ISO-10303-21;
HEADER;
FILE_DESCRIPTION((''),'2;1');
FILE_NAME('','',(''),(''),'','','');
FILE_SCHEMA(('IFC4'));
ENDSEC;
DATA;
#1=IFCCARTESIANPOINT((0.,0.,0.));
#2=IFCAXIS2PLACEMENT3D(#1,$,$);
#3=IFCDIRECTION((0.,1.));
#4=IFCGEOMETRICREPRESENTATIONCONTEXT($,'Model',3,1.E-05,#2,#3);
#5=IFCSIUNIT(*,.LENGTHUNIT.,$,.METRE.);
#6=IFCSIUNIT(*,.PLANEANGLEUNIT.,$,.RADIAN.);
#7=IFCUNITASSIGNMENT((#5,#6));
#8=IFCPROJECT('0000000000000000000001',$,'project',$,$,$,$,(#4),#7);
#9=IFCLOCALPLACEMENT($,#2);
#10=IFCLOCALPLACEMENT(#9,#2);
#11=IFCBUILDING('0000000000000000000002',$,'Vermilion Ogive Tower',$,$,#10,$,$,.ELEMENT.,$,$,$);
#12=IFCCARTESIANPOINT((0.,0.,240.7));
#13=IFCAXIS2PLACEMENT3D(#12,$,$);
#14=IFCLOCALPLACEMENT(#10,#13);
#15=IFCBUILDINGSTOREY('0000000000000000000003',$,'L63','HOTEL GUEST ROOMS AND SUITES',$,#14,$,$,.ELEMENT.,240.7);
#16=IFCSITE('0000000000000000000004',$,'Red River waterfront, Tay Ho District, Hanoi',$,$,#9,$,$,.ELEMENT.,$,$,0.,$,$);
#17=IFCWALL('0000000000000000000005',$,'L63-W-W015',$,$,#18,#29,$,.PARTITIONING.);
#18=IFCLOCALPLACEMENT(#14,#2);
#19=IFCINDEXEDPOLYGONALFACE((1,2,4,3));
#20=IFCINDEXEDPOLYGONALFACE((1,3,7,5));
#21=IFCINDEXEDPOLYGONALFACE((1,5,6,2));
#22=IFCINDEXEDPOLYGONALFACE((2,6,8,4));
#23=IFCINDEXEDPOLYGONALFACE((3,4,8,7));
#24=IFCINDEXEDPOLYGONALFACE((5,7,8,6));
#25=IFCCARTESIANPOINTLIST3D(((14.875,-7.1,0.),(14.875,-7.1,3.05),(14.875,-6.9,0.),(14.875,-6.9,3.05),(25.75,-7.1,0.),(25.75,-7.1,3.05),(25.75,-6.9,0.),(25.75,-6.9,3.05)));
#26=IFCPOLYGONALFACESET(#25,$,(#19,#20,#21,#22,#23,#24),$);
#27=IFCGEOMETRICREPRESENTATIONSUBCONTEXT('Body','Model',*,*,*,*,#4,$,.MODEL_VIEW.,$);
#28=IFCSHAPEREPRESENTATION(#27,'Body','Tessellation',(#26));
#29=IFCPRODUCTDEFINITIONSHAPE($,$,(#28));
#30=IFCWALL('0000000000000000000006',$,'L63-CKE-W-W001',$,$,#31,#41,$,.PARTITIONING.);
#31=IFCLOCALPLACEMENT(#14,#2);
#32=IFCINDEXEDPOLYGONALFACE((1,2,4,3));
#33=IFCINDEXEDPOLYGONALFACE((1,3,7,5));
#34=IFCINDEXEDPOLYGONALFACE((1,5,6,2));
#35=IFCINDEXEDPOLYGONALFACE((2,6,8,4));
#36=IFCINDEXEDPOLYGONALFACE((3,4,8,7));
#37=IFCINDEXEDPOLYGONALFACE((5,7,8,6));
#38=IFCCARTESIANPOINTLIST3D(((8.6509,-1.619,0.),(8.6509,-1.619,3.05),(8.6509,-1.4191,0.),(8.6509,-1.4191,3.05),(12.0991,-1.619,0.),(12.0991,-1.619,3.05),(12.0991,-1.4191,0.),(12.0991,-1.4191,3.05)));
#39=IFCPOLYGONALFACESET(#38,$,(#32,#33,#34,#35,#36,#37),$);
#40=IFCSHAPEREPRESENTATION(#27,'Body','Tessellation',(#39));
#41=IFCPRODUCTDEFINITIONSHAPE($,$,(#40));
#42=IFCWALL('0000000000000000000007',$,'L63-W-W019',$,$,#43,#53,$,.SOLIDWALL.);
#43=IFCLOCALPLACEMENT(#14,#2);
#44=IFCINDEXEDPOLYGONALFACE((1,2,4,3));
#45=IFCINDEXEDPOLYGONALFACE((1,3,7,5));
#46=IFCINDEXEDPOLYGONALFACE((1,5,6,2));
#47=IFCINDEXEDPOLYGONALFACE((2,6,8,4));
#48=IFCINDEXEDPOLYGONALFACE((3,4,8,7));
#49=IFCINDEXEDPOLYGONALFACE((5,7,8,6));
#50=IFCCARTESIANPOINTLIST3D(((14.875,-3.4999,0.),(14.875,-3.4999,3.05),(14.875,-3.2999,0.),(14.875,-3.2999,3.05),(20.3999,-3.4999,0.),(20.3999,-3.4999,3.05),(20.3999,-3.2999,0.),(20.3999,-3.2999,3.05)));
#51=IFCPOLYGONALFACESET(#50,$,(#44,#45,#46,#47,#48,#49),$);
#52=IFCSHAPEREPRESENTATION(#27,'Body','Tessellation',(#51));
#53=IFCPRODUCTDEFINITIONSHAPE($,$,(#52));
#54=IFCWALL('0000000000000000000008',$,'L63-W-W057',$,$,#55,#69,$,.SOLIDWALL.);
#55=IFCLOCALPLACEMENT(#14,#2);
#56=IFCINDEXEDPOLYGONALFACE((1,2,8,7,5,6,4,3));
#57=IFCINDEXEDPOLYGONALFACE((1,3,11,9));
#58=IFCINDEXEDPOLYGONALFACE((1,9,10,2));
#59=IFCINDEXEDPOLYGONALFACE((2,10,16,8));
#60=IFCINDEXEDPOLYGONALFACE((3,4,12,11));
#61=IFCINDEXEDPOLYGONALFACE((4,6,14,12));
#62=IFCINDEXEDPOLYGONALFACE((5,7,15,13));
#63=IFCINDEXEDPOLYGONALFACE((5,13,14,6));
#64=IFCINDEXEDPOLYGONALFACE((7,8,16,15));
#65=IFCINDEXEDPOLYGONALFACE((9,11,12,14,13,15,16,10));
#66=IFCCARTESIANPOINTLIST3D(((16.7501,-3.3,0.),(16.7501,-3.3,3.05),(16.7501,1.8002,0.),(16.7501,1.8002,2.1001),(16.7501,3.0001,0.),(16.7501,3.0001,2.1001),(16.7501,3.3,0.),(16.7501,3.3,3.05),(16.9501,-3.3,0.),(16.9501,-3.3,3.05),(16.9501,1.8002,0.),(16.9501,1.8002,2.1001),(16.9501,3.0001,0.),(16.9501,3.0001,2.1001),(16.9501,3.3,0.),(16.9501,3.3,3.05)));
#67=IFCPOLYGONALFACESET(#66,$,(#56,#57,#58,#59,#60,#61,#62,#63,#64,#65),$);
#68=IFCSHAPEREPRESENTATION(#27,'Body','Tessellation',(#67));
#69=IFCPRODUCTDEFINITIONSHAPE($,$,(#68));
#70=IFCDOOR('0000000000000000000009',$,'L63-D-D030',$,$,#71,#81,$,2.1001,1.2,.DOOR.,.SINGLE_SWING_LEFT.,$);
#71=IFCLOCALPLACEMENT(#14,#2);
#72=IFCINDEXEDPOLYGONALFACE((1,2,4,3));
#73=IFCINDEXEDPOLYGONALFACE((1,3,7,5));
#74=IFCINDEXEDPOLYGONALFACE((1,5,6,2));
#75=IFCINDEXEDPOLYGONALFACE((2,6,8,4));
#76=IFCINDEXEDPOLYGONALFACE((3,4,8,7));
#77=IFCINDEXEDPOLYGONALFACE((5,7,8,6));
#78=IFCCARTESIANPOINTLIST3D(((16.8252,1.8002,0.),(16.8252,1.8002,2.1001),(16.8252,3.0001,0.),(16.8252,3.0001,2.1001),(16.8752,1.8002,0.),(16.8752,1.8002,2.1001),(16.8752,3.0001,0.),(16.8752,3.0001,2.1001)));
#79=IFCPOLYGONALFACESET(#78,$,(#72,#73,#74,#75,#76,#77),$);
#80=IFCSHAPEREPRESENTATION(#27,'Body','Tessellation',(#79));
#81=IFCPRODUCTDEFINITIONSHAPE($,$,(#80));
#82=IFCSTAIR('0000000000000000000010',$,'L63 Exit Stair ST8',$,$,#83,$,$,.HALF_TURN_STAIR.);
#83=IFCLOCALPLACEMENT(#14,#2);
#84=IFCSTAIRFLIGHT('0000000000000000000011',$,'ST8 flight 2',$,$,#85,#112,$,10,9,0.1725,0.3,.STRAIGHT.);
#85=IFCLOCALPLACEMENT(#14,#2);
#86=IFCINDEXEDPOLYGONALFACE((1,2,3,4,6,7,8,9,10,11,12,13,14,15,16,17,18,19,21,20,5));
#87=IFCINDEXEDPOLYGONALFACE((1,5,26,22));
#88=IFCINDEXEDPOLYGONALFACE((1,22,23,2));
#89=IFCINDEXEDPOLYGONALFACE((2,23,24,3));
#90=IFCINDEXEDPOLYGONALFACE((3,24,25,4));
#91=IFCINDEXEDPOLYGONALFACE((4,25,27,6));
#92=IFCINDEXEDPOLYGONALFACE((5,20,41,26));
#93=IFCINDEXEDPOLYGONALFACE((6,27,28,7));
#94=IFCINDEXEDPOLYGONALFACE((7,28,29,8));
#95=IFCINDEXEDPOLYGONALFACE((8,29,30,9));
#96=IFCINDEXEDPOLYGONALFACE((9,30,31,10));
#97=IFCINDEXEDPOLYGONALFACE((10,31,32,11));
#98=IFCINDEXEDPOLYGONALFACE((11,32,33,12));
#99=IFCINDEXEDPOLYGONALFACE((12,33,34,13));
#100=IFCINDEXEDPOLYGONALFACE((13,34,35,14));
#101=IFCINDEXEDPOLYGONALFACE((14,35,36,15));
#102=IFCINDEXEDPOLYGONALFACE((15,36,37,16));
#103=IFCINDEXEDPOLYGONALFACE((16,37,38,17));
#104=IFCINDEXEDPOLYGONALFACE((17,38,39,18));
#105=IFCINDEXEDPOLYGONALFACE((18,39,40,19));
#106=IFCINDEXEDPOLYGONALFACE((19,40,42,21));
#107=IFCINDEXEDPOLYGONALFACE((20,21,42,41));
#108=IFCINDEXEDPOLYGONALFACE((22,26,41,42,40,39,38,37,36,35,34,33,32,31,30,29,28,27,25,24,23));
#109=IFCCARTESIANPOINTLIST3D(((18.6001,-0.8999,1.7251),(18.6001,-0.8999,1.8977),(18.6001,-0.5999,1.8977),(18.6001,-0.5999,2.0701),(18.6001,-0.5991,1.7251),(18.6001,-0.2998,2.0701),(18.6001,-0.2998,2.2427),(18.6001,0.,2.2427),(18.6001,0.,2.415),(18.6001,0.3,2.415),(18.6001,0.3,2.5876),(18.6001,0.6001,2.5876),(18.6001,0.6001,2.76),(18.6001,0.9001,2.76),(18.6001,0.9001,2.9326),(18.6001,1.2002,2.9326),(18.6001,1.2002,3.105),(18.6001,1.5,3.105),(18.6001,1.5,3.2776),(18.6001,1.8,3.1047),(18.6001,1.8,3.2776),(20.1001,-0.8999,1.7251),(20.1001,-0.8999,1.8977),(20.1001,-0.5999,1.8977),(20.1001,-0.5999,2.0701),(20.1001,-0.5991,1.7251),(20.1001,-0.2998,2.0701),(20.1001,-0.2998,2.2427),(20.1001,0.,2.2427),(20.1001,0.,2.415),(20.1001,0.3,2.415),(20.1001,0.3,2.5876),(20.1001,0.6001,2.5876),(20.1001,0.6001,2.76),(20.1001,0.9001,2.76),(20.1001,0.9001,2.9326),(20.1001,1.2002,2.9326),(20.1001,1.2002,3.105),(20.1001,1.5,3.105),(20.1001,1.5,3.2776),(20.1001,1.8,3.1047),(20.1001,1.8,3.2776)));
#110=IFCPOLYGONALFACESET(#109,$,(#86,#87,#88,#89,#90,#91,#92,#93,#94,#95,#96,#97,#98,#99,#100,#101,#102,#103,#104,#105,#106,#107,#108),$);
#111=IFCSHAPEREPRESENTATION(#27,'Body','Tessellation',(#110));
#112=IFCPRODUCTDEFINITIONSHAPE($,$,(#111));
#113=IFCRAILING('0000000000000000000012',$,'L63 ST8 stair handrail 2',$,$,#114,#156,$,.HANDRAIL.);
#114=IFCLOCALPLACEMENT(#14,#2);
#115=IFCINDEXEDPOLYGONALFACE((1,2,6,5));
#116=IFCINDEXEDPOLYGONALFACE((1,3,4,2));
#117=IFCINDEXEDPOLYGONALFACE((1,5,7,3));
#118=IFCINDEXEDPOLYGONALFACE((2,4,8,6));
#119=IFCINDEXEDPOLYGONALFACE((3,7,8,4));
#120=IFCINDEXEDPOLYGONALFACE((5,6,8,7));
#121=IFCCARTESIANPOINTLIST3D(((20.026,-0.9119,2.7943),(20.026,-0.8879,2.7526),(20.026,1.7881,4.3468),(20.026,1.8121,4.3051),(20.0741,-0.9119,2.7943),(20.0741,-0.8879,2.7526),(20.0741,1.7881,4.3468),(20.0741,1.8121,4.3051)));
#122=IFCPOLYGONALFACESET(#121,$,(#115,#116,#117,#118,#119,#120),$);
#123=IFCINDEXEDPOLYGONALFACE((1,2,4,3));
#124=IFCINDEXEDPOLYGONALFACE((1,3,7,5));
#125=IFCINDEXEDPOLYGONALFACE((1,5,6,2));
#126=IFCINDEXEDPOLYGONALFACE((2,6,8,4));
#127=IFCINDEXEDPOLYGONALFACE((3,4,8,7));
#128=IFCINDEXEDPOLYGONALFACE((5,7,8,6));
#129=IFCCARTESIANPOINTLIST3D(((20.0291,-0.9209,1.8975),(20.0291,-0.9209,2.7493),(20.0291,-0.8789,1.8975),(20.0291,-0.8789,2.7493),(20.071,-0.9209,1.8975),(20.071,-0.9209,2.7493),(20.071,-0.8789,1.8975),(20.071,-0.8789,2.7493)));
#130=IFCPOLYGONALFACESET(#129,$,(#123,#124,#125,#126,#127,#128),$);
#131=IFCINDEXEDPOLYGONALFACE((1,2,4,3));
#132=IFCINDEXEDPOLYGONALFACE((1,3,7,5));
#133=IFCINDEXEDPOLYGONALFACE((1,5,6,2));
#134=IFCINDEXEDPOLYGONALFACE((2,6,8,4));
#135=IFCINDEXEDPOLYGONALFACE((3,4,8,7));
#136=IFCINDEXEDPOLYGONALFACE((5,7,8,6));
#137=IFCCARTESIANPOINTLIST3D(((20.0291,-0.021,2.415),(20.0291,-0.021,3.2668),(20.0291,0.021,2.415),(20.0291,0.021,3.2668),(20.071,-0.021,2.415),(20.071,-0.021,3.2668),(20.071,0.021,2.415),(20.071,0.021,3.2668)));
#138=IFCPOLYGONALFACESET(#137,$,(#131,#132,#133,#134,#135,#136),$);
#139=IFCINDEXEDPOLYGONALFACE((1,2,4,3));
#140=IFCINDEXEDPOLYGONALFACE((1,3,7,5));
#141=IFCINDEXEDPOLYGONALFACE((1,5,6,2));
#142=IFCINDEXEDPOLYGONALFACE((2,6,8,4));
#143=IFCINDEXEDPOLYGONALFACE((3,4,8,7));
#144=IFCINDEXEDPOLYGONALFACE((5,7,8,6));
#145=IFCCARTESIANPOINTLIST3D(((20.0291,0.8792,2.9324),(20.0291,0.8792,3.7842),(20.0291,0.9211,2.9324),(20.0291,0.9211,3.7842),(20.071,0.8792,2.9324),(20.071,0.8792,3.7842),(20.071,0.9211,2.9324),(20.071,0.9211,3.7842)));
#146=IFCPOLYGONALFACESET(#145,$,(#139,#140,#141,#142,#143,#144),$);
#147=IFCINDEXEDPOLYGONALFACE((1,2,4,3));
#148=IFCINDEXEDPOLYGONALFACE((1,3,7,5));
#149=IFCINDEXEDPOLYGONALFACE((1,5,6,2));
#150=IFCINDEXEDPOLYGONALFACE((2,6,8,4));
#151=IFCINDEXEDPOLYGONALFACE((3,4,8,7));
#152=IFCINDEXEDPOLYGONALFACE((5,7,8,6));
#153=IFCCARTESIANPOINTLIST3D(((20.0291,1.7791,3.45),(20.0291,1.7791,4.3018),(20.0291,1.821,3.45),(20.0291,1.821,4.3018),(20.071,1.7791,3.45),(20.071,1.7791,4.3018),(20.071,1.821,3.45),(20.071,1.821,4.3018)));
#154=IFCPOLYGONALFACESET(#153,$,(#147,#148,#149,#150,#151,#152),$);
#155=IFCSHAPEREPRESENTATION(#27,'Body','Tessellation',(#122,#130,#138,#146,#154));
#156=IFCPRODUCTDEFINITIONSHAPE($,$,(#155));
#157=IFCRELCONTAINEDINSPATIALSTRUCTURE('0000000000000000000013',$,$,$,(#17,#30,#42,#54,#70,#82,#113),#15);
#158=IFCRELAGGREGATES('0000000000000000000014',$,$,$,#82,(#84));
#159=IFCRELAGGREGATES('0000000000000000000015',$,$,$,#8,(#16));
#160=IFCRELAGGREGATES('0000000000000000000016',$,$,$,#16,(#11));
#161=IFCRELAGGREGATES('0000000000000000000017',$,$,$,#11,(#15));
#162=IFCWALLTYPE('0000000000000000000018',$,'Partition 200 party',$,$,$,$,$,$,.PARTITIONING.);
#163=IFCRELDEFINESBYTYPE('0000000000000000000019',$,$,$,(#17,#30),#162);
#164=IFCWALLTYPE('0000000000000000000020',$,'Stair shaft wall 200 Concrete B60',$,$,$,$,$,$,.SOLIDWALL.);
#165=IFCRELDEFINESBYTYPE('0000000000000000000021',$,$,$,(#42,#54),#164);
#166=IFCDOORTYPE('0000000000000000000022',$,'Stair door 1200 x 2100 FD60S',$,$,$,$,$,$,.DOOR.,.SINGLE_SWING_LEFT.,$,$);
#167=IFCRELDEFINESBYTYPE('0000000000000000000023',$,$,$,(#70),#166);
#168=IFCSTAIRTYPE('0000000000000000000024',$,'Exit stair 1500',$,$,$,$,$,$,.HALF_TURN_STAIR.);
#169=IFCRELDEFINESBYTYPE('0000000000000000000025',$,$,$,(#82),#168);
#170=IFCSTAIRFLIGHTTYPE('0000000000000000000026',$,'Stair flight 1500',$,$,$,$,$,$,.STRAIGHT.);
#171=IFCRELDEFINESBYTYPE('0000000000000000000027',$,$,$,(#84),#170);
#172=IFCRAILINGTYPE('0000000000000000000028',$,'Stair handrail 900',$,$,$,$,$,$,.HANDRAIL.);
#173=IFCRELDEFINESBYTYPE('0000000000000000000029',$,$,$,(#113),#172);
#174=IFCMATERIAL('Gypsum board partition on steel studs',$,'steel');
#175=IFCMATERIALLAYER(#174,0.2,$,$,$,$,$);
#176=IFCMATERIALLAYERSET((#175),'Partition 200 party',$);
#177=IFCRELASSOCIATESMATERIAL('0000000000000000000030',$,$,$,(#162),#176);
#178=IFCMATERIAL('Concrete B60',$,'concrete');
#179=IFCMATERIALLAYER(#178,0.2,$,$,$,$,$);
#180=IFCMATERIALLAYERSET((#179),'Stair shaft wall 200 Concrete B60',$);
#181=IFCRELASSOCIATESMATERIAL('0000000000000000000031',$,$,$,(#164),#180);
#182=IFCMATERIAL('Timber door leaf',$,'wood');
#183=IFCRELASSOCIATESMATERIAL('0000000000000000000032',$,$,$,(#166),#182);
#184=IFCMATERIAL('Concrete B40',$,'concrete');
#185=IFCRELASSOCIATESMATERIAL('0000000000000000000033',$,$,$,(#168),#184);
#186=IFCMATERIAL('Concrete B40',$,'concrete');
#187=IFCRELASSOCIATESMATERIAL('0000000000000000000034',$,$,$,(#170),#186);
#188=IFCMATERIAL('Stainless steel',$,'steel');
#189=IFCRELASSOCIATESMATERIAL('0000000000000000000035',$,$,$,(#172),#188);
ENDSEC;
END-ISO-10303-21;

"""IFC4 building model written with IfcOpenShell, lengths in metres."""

from ifc_helpers import new_model, si_unit, direction, frame, frame_2d, origin, origin_2d, place, context, subcontext, project, spatial, polyline, rectangle, outline, extrude, material, layer, layer_set, type_object, element, fill, aggregate, save


model = new_model("IFC4")

# Units and contexts
model_context = context("Model", 3, precision=1e-05, world=origin(), true_north=direction((0.0, 1.0)))
body_context = subcontext(model_context, "Body", "Model", "MODEL_VIEW")
ifc_project = project(units=[si_unit("LENGTHUNIT", "METRE"), si_unit("PLANEANGLEUNIT", "RADIAN")], contexts=[model_context])

# Site, building, storey
site_placement = place(None, origin())
site = spatial("IfcSite", under=ifc_project, at=site_placement, Name="Red River waterfront, Tay Ho District, Hanoi", CompositionType="ELEMENT", RefElevation=0.0)
building_placement = place(site_placement, origin())
building = spatial("IfcBuilding", under=site, at=building_placement, Name="Vermilion Ogive Tower", CompositionType="ELEMENT")
storey_placement = place(building_placement, frame((0.0, 0.0, 240.7)))
storey = spatial("IfcBuildingStorey", under=building, at=storey_placement, Name="L63", Description="HOTEL GUEST ROOMS AND SUITES", CompositionType="ELEMENT", Elevation=240.7)

# Walls
ifc_material_1 = material(Name="Gypsum board partition on steel studs", Category="steel")
ifc_layer_1 = layer(ifc_material_1, 0.2)
ifc_layer_set_1 = layer_set([ifc_layer_1], Name="Partition 200 party")
wall_type_1 = type_object("IfcWallType", Name="Partition 200 party", PredefinedType="PARTITIONING", material=ifc_layer_set_1)
wall_1_placement = place(storey_placement, frame((14.875, -7.0, 0.0), z_axis=(0.0, 0.0, 1.0), x_axis=(1.0, 0.0, 0.0)))
element("IfcWall", 1, at=wall_1_placement, inside=storey, type_object=wall_type_1, Name="L63-W-W015", PredefinedType="PARTITIONING", context=body_context, shape_type="SweptSolid", body=[
    extrude(rectangle(XDim=10.875, YDim=0.2, at=frame_2d((5.4375, 0.0))), origin(), (0.0, 0.0, 1.0), 3.05),
])
wall_2_placement = place(storey_placement, frame((8.6509, -1.519, 0.0), z_axis=(0.0, 0.0, 1.0), x_axis=(1.0, 0.0, 0.0)))
element("IfcWall", 2, at=wall_2_placement, inside=storey, type_object=wall_type_1, Name="L63-CKE-W-W001", PredefinedType="PARTITIONING", context=body_context, shape_type="SweptSolid", body=[
    extrude(rectangle(XDim=3.4482, YDim=0.2, at=frame_2d((1.7241, 0.0))), origin(), (0.0, 0.0, 1.0), 3.05),
])
ifc_material_2 = material(Name="Concrete B60", Category="concrete")
ifc_layer_2 = layer(ifc_material_2, 0.2)
ifc_layer_set_2 = layer_set([ifc_layer_2], Name="Stair shaft wall 200 Concrete B60")
wall_type_2 = type_object("IfcWallType", Name="Stair shaft wall 200 Concrete B60", PredefinedType="SOLIDWALL", material=ifc_layer_set_2)
wall_3_placement = place(storey_placement, frame((14.875, -3.3999, 0.0), z_axis=(0.0, 0.0, 1.0), x_axis=(1.0, 0.0, 0.0)))
element("IfcWall", 3, at=wall_3_placement, inside=storey, type_object=wall_type_2, Name="L63-W-W019", PredefinedType="SOLIDWALL", context=body_context, shape_type="SweptSolid", body=[
    extrude(rectangle(XDim=5.5249, YDim=0.2, at=frame_2d((2.7625, 0.0))), origin(), (0.0, 0.0, 1.0), 3.05),
])

# Wall, opening, door
wall_4_placement = place(storey_placement, frame((16.8501, -3.3, 0.0), z_axis=(0.0, 0.0, 1.0), x_axis=(0.0, 1.0, 0.0)))
wall_4 = element("IfcWall", 4, at=wall_4_placement, inside=storey, type_object=wall_type_2, Name="L63-W-W057", PredefinedType="SOLIDWALL", context=body_context, shape_type="SweptSolid", body=[
    extrude(rectangle(XDim=6.6001, YDim=0.2, at=frame_2d((3.3, 0.0))), origin(), (0.0, 0.0, 1.0), 3.05),
])
opening_1_placement = place(wall_4_placement, frame((5.1001, 0.0, 0.0)))
opening_1 = element("IfcOpeningElement", 5, at=opening_1_placement, cuts=wall_4, PredefinedType="OPENING", context=body_context, shape_type="SweptSolid", body=[
    extrude(rectangle(XDim=1.2, YDim=2.1001, at=frame_2d((0.6001, 1.05))), frame((0.0, 0.1099, 0.0), z_axis=(0.0, -1.0, 0.0), x_axis=(1.0, 0.0, 0.0)), (0.0, 0.0, 1.0), 0.22),
])
ifc_material_3 = material(Name="Timber door leaf", Category="wood")
door_type_1 = type_object("IfcDoorType", Name="Stair door 1200 x 2100 FD60S", OperationType="SINGLE_SWING_LEFT", PredefinedType="DOOR", material=ifc_material_3)
door_1_placement = place(opening_1_placement, origin())
door_1 = element("IfcDoor", 6, at=door_1_placement, inside=storey, type_object=door_type_1, Name="L63-D-D030", OperationType="SINGLE_SWING_LEFT", OverallHeight=2.1001, OverallWidth=1.2, PredefinedType="DOOR", context=body_context, shape_type="SweptSolid", body=[
    extrude(rectangle(XDim=1.2, YDim=2.1001, at=frame_2d((0.6001, 1.05))), frame((0.0, 0.0249, 0.0), z_axis=(0.0, -1.0, 0.0), x_axis=(1.0, 0.0, 0.0)), (0.0, 0.0, 1.0), 0.05),
])
fill(opening_1, door_1)

# Stair, stair flight
ifc_material_4 = material(Name="Concrete B40", Category="concrete")
stair_type = type_object("IfcStairType", Name="Exit stair 1500", PredefinedType="HALF_TURN_STAIR", material=ifc_material_4)
stair_placement = place(storey_placement, origin())
stair = element("IfcStair", 7, at=stair_placement, inside=storey, type_object=stair_type, Name="L63 Exit Stair ST8", PredefinedType="HALF_TURN_STAIR")
ifc_material_5 = material(Name="Concrete B40", Category="concrete")
stair_flight_type = type_object("IfcStairFlightType", Name="Stair flight 1500", PredefinedType="STRAIGHT", material=ifc_material_5)
stair_flight_placement = place(storey_placement, frame((19.3501, -0.8999, 1.7251), z_axis=(0.0, 0.0, 1.0), x_axis=(0.0, 1.0, 0.0)))
stair_flight = element("IfcStairFlight", 8, at=stair_flight_placement, type_object=stair_flight_type, Name="ST8 flight 2", NumberOfRisers=10, NumberOfTreads=9, PredefinedType="STRAIGHT", RiserHeight=0.1725, TreadLength=0.3, context=body_context, shape_type="SweptSolid", body=[
    extrude(outline(polyline([(0.0, 0.0), (0.0, 0.1726), (0.3, 0.1726), (0.3, 0.345), (0.6001, 0.345), (0.6001, 0.5176), (0.8999, 0.5176), (0.8999, 0.6899), (1.2, 0.6899), (1.2, 0.8625), (1.5, 0.8625), (1.5, 1.0349), (1.8, 1.0349), (1.8, 1.2075), (2.1001, 1.2075), (2.1001, 1.3799), (2.3999, 1.3799), (2.3999, 1.5525), (2.7, 1.5525), (2.7, 1.7251), (2.7, 1.3796), (0.3008, 0.0), (0.0, 0.0)])), frame((0.0, 0.75, 0.0), z_axis=(0.0, -1.0, 0.0), x_axis=(1.0, 0.0, 0.0)), (0.0, 0.0, 1.0), 1.5),
])
aggregate(stair, [stair_flight])

# Railing
ifc_material_6 = material(Name="Stainless steel", Category="steel")
railing_type = type_object("IfcRailingType", Name="Stair handrail 900", PredefinedType="HANDRAIL", material=ifc_material_6)
railing_placement = place(storey_placement, frame((20.05, -0.8999, 1.8975)))
element("IfcRailing", 9, at=railing_placement, inside=storey, type_object=railing_type, Name="L63 ST8 stair handrail 2", PredefinedType="HANDRAIL", context=body_context, shape_type="SweptSolid", body=[
    extrude(rectangle(XDim=0.0481, YDim=0.0481, at=origin_2d()), frame((0.0, 0.0, 0.876), z_axis=(0.0, 0.866904, 0.498476), x_axis=(-1.0, 0.0, 0.0)), (0.0, 0.0, 1.0), 3.1145),
    extrude(rectangle(XDim=0.042, YDim=0.042, at=origin_2d()), origin(), (0.0, 0.0, 1.0), 0.8518),
    extrude(rectangle(XDim=0.042, YDim=0.042, at=origin_2d()), frame((0.0, 0.8999, 0.5176)), (0.0, 0.0, 1.0), 0.8518),
    extrude(rectangle(XDim=0.042, YDim=0.042, at=origin_2d()), frame((0.0, 1.8, 1.0349)), (0.0, 0.0, 1.0), 0.8518),
    extrude(rectangle(XDim=0.042, YDim=0.042, at=origin_2d()), frame((0.0, 2.7, 1.5525)), (0.0, 0.0, 1.0), 0.8518),
])

save(model, "model.ifc")
